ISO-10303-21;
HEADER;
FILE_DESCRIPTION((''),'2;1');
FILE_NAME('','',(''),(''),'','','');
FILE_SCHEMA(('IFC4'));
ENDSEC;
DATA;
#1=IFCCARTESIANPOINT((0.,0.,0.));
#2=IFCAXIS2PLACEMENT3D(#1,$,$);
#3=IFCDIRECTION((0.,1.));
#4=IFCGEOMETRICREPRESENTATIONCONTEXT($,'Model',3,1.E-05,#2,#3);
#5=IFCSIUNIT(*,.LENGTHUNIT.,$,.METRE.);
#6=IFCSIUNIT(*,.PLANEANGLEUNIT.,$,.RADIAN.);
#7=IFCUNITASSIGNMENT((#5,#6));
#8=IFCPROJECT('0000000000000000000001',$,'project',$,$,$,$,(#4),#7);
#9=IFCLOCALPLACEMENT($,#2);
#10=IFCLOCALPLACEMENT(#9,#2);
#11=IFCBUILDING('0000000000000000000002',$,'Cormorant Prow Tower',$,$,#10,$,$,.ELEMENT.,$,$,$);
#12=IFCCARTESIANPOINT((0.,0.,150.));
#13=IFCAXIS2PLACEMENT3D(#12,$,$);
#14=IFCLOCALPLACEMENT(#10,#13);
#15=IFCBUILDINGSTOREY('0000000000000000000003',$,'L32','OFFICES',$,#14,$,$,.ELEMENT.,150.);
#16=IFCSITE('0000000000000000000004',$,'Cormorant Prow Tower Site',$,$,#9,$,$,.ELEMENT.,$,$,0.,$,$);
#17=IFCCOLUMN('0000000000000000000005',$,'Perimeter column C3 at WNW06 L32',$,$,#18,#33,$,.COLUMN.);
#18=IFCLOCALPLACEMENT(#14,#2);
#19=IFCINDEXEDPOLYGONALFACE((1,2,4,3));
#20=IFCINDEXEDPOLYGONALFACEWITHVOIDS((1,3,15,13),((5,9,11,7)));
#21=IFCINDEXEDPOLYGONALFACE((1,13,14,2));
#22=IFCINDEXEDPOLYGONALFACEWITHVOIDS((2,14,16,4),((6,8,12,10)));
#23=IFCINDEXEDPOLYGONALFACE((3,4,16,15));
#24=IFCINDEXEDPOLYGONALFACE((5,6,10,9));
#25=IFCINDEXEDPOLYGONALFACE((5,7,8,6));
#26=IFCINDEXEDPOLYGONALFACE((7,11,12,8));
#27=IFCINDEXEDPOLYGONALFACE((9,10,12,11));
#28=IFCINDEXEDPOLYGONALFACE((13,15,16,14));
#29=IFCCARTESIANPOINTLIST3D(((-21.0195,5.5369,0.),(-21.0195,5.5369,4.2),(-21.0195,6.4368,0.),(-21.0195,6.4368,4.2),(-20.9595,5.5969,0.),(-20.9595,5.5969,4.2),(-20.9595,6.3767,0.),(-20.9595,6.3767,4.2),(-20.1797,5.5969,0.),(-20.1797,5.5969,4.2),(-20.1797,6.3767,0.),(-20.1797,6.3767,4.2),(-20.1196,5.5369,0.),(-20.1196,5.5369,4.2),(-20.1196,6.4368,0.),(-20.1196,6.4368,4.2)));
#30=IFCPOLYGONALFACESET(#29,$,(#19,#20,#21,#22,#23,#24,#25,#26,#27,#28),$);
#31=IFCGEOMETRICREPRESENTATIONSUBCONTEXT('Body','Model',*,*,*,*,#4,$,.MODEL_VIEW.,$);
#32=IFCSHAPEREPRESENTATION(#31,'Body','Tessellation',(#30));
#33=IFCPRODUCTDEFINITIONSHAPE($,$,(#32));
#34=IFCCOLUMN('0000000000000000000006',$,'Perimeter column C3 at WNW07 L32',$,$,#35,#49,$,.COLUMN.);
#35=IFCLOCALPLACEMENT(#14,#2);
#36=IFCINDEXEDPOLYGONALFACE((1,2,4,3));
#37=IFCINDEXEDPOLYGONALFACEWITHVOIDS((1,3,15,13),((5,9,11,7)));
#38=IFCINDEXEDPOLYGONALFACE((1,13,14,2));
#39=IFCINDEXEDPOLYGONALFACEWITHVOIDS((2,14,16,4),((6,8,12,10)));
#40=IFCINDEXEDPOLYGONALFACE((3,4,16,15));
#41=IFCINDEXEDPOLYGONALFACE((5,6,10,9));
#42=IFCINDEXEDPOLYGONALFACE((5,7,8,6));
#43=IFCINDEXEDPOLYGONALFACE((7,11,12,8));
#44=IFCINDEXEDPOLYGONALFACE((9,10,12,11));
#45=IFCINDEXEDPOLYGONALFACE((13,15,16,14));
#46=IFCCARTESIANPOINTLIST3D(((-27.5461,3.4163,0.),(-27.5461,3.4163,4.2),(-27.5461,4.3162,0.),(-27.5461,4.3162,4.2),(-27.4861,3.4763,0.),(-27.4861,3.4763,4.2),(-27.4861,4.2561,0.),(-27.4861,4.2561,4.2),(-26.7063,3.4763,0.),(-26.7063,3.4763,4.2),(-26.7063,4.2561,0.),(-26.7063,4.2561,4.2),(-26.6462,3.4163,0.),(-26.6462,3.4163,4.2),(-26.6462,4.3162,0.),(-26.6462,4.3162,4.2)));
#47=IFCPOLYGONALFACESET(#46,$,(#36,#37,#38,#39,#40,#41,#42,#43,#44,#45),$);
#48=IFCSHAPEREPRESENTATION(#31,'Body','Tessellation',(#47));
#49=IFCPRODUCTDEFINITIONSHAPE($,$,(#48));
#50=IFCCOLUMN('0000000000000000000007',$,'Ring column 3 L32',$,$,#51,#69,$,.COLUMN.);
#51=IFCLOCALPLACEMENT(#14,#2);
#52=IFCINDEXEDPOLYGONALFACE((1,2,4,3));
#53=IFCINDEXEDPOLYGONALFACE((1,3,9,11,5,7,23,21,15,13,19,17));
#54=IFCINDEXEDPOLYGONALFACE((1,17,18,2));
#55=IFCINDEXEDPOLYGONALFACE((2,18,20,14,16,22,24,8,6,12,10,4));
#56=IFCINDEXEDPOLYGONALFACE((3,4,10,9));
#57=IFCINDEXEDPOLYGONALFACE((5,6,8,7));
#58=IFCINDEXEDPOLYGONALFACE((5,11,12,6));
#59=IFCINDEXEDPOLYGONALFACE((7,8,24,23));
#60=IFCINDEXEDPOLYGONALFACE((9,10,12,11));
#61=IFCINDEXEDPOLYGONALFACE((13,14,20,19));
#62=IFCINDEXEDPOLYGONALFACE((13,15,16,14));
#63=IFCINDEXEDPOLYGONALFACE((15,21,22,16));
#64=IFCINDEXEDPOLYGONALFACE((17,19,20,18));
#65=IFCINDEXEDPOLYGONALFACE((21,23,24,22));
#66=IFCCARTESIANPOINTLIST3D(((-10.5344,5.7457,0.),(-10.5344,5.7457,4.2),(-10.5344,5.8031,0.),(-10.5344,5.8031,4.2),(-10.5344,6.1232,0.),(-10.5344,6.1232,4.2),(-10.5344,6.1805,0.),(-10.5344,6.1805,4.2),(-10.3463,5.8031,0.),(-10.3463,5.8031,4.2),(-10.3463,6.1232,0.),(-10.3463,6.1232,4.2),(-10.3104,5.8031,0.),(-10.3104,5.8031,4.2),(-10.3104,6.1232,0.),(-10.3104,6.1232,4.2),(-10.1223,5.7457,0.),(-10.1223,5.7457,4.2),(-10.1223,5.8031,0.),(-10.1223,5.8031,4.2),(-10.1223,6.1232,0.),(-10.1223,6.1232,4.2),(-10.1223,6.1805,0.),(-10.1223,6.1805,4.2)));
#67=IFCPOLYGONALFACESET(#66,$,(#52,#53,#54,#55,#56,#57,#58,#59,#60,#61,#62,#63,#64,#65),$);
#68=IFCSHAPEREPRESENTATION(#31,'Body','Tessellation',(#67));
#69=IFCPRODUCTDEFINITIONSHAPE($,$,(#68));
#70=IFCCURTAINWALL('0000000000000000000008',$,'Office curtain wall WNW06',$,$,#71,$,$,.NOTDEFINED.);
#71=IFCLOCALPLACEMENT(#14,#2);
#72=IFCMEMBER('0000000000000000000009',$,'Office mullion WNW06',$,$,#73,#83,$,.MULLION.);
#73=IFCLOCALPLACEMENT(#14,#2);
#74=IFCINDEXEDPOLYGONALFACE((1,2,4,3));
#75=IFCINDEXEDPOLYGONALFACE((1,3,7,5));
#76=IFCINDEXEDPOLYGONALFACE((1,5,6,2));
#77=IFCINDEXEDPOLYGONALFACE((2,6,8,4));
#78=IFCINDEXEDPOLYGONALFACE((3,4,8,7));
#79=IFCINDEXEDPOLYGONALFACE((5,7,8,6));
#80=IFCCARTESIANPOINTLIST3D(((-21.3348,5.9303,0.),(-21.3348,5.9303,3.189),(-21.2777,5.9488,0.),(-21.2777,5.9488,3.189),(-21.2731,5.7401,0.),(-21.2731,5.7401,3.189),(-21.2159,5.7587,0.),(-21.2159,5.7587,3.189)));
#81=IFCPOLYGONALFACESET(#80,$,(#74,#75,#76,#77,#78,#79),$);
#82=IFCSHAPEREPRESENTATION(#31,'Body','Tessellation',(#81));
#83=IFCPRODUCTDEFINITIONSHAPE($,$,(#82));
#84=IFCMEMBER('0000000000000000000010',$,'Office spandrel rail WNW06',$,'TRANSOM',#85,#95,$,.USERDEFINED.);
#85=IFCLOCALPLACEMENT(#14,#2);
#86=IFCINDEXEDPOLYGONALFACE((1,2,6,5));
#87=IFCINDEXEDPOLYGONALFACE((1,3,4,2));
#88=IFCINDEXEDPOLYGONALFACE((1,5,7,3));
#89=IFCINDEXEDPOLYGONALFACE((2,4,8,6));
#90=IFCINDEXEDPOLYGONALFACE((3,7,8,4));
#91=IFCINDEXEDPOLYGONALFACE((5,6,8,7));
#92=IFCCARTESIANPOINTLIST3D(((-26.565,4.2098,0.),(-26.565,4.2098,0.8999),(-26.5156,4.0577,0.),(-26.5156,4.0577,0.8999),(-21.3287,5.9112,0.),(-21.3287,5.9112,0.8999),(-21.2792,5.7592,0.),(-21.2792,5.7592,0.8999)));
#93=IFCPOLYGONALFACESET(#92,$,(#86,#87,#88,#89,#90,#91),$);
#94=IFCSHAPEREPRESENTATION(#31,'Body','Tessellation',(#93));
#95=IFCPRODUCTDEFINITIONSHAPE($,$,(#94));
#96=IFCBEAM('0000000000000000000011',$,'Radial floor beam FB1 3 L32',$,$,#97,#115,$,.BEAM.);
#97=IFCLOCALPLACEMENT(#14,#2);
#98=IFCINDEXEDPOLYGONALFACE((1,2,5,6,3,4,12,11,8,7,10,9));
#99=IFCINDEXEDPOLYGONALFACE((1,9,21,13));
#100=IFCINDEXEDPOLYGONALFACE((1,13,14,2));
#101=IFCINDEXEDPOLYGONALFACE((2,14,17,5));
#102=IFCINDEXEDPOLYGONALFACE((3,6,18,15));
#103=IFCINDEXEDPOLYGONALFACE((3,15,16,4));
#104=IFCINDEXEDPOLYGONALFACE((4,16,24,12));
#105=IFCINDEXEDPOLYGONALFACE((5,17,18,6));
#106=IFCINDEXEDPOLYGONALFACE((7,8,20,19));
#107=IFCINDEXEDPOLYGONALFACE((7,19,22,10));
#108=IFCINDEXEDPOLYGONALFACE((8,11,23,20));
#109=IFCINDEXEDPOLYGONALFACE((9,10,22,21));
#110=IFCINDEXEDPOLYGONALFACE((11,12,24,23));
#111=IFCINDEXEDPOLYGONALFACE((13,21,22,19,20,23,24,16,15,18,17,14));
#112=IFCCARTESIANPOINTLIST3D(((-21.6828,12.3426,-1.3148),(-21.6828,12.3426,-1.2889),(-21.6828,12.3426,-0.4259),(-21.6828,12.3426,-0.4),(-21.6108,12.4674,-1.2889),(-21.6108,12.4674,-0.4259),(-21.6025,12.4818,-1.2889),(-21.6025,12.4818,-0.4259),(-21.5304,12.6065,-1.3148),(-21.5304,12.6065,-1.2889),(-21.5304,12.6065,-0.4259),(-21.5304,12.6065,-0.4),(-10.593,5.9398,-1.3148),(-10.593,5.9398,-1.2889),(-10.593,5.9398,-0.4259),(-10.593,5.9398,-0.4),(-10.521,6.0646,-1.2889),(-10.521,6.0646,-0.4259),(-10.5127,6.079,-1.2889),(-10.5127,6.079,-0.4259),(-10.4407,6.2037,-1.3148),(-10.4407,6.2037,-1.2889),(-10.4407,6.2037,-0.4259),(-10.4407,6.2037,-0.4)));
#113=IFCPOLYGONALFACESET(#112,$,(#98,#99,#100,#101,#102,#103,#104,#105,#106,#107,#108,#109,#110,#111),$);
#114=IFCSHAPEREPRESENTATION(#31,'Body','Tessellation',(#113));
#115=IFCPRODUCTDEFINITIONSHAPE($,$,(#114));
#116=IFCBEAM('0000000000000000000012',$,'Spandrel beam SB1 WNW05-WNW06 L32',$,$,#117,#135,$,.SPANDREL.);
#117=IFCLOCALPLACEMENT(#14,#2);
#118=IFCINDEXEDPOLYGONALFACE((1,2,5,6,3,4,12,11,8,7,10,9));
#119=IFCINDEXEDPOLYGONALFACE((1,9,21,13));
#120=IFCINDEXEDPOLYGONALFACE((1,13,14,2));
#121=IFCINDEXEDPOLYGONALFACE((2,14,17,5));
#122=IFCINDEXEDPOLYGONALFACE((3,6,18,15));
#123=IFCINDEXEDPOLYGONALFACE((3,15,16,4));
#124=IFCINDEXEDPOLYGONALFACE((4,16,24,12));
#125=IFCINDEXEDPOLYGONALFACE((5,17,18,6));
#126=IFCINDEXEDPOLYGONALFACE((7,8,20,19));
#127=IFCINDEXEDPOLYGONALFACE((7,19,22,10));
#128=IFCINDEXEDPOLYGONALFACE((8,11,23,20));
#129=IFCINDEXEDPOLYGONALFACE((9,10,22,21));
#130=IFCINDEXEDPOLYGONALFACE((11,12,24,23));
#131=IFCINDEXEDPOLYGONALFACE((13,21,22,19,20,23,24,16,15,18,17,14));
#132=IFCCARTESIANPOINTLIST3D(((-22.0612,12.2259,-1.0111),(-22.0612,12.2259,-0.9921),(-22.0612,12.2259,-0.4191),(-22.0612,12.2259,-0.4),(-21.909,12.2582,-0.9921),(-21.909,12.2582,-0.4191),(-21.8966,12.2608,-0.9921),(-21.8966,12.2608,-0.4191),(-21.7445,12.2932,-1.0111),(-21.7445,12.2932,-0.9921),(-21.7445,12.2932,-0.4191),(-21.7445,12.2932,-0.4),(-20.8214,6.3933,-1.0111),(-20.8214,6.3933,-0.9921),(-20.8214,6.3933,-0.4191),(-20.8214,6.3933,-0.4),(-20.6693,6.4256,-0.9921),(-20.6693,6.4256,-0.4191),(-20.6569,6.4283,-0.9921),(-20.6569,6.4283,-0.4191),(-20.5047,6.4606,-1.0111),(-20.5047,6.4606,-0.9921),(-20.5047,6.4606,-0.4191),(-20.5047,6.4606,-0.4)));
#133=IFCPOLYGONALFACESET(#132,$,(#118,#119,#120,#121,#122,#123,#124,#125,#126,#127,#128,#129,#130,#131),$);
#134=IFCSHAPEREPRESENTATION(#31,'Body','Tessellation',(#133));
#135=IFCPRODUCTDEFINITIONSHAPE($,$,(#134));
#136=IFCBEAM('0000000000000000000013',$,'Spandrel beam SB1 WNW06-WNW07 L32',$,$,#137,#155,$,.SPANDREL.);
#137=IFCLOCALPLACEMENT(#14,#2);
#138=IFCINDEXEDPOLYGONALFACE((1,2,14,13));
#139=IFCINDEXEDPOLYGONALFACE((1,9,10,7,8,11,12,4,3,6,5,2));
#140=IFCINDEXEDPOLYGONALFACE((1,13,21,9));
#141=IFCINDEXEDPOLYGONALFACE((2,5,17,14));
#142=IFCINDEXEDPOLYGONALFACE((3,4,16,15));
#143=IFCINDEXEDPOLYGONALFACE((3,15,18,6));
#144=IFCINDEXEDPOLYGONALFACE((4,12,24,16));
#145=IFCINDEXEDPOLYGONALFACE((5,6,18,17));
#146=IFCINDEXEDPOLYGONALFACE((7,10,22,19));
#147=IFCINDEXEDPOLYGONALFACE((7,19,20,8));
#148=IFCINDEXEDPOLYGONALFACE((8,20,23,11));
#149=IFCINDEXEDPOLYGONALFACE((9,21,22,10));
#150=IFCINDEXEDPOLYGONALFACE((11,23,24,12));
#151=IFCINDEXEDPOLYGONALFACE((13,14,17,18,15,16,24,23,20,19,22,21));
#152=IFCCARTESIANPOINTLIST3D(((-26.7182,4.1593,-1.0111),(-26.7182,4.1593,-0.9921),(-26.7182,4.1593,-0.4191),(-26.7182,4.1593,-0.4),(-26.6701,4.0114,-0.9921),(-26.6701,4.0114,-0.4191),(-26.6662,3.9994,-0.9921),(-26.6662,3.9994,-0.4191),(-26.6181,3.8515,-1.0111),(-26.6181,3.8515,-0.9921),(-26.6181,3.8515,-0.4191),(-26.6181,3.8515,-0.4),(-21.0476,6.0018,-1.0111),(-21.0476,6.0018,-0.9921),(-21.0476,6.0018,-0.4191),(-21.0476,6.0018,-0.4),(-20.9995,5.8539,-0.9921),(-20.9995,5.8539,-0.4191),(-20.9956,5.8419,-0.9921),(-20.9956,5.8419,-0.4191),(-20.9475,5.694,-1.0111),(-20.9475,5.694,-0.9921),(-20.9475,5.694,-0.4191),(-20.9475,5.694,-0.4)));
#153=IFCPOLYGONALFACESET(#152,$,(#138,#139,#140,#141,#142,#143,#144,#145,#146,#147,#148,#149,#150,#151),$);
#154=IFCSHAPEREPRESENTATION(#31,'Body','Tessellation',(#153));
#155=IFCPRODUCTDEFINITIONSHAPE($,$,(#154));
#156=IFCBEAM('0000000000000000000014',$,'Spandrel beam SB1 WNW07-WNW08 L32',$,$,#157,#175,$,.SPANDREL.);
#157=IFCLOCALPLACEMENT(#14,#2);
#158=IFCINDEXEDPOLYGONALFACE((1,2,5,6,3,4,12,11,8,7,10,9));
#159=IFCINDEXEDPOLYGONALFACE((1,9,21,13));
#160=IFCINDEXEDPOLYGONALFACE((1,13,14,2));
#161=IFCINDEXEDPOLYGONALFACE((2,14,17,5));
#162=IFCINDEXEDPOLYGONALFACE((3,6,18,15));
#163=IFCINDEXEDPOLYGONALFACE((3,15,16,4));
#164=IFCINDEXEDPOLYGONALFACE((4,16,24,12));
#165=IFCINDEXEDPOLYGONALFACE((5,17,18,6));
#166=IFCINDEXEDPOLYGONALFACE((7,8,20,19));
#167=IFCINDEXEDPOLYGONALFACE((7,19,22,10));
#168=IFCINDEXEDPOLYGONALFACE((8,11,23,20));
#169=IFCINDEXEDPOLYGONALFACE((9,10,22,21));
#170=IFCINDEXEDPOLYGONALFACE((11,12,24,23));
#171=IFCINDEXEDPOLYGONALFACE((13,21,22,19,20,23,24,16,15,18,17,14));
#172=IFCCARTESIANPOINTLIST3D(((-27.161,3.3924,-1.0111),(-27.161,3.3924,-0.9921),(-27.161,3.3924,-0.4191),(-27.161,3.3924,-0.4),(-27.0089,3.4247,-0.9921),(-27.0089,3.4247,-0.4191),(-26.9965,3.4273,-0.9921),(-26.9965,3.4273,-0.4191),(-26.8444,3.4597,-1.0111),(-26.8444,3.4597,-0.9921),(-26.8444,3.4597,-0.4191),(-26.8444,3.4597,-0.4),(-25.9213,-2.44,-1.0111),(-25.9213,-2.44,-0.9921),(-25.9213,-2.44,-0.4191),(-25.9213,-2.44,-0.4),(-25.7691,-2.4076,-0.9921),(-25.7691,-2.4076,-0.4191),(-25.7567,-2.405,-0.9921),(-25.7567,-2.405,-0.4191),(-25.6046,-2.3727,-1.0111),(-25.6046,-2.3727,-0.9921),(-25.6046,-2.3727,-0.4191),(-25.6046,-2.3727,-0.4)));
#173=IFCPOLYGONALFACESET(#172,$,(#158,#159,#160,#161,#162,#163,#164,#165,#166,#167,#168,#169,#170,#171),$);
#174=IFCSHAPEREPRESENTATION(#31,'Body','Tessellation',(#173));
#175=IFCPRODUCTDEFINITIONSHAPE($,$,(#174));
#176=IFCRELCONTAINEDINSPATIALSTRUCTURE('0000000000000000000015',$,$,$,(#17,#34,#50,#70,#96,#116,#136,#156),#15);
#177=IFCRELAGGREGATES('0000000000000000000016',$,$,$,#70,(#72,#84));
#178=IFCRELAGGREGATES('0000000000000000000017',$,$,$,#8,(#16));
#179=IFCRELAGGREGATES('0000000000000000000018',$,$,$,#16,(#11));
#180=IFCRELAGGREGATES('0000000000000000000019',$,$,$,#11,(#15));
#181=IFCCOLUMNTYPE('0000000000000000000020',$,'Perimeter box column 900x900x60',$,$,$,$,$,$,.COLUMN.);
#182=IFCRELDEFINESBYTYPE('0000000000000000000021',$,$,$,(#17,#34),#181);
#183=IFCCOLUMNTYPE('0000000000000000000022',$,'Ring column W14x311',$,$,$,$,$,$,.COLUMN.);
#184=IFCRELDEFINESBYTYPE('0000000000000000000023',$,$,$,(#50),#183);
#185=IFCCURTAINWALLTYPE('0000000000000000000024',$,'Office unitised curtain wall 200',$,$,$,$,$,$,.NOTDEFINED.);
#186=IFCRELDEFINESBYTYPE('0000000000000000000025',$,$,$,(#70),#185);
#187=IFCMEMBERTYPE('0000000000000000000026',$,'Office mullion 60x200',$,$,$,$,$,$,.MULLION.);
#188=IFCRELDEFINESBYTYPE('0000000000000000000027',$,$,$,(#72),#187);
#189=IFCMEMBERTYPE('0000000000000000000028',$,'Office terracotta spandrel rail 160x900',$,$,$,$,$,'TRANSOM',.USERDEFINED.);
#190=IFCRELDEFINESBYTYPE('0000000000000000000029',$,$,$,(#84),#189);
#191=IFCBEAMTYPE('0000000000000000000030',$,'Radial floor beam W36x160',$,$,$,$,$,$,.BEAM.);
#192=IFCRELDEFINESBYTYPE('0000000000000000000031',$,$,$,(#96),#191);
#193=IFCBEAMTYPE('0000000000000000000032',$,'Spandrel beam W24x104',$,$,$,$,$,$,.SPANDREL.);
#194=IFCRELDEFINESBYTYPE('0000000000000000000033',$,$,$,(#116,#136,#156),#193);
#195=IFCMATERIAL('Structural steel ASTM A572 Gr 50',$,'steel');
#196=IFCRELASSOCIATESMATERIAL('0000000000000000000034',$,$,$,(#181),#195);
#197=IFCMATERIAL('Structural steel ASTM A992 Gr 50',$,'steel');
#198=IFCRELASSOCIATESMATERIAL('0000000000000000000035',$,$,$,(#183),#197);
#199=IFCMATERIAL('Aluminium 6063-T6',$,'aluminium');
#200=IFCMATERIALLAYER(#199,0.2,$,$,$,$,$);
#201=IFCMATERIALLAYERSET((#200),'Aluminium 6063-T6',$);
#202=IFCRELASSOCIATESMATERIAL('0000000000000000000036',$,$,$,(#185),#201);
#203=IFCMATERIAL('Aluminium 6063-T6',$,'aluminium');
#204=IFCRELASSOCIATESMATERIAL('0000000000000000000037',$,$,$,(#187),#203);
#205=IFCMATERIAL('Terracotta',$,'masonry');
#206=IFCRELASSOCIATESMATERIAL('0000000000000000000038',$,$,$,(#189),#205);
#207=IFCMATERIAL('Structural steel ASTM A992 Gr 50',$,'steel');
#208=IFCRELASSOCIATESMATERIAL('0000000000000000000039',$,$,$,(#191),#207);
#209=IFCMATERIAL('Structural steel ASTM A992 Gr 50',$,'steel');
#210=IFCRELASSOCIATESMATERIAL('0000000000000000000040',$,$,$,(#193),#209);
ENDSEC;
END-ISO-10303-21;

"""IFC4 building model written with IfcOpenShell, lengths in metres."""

from ifc_helpers import new_model, si_unit, direction, frame, origin, origin_2d, place, context, subcontext, project, spatial, rectangle, hollow_rectangle, i_section, extrude, material, layer, layer_set, material_profile, profile_set, type_object, element, aggregate, save


model = new_model("IFC4")

# Units and contexts
model_context = context("Model", 3, precision=1e-05, world=origin(), true_north=direction((0.0, 1.0)))
body_context = subcontext(model_context, "Body", "Model", "MODEL_VIEW")
ifc_project = project(units=[si_unit("LENGTHUNIT", "METRE"), si_unit("PLANEANGLEUNIT", "RADIAN")], contexts=[model_context])

# Site, building, storey
site_placement = place(None, origin())
site = spatial("IfcSite", under=ifc_project, at=site_placement, Name="Cormorant Prow Tower Site", CompositionType="ELEMENT", RefElevation=0.0)
building_placement = place(site_placement, origin())
building = spatial("IfcBuilding", under=site, at=building_placement, Name="Cormorant Prow Tower", CompositionType="ELEMENT")
storey_placement = place(building_placement, frame((0.0, 0.0, 150.0)))
storey = spatial("IfcBuildingStorey", under=building, at=storey_placement, Name="L32", Description="OFFICES", CompositionType="ELEMENT", Elevation=150.0)

# Columns
ifc_material_1 = material(Name="Structural steel ASTM A572 Gr 50", Category="steel")
ifc_material_profile_1 = material_profile(ifc_material_1, hollow_rectangle(XDim=0.8999, YDim=0.8999, WallThickness=0.0601, at=origin_2d()), Name="Box 900x900x60")
ifc_profile_set_1 = profile_set([ifc_material_profile_1], Name="Structural steel ASTM A572 Gr 50")
column_type_1 = type_object("IfcColumnType", Name="Perimeter box column 900x900x60", PredefinedType="COLUMN", material=ifc_profile_set_1)
for number, where, z_axis, x_axis, name in (
    (1, (-20.5696, 5.9868, 0.0), (0.0, 0.0, 1.0), (1.0, 0.0, 0.0), "Perimeter column C3 at WNW06 L32"),
    (2, (-27.0962, 3.8662, 0.0), (0.0, 0.0, 1.0), (1.0, 0.0, 0.0), "Perimeter column C3 at WNW07 L32"),
):
    element("IfcColumn", number, at=place(storey_placement, frame(where, z_axis=z_axis, x_axis=x_axis)), inside=storey, type_object=column_type_1, Name=name, PredefinedType="COLUMN", context=body_context, shape_type="SweptSolid", body=[
        extrude(hollow_rectangle(XDim=0.8999, YDim=0.8999, WallThickness=0.0601, at=origin_2d()), origin(), (0.0, 0.0, 1.0), 4.2),
    ])
ifc_material_2 = material(Name="Structural steel ASTM A992 Gr 50", Category="steel")
ifc_material_profile_2 = material_profile(ifc_material_2, i_section(OverallWidth=0.4121, OverallDepth=0.4348, WebThickness=0.0359, FlangeThickness=0.0574, at=origin_2d()), Name="W14x311")
ifc_profile_set_2 = profile_set([ifc_material_profile_2], Name="Structural steel ASTM A992 Gr 50")
column_type_2 = type_object("IfcColumnType", Name="Ring column W14x311", PredefinedType="COLUMN", material=ifc_profile_set_2)
column_placement = place(storey_placement, frame((-10.3284, 5.9631, 0.0), z_axis=(0.0, 0.0, 1.0), x_axis=(1.0, 0.0, 0.0)))
element("IfcColumn", 3, at=column_placement, inside=storey, type_object=column_type_2, Name="Ring column 3 L32", PredefinedType="COLUMN", context=body_context, shape_type="SweptSolid", body=[
    extrude(i_section(OverallWidth=0.4121, OverallDepth=0.4348, WebThickness=0.0359, FlangeThickness=0.0574, at=origin_2d()), origin(), (0.0, 0.0, 1.0), 4.2),
])

# Curtain wall, members
ifc_material_3 = material(Name="Aluminium 6063-T6", Category="aluminium")
ifc_layer_1 = layer(ifc_material_3, 0.2)
ifc_layer_set_1 = layer_set([ifc_layer_1], Name="Aluminium 6063-T6")
curtain_wall_type = type_object("IfcCurtainWallType", Name="Office unitised curtain wall 200", PredefinedType="NOTDEFINED", material=ifc_layer_set_1)
curtain_wall_placement = place(storey_placement, origin())
curtain_wall = element("IfcCurtainWall", 4, at=curtain_wall_placement, inside=storey, type_object=curtain_wall_type, Name="Office curtain wall WNW06", PredefinedType="NOTDEFINED")
ifc_material_4 = material(Name="Aluminium 6063-T6", Category="aluminium")
ifc_material_profile_3 = material_profile(ifc_material_4, rectangle(XDim=0.2, YDim=0.0601, at=origin_2d()), Name="Office mullion 60x200")
ifc_profile_set_3 = profile_set([ifc_material_profile_3], Name="Aluminium 6063-T6")
member_type_1 = type_object("IfcMemberType", Name="Office mullion 60x200", PredefinedType="MULLION", material=ifc_profile_set_3)
member_1_placement = place(storey_placement, frame((-21.2754, 5.8445, 0.0), z_axis=(0.0, 0.0, 1.0), x_axis=(0.309017, -0.951057, 0.0)))
member_1 = element("IfcMember", 5, at=member_1_placement, type_object=member_type_1, Name="Office mullion WNW06", PredefinedType="MULLION", context=body_context, shape_type="SweptSolid", body=[
    extrude(rectangle(XDim=0.2, YDim=0.0601, at=origin_2d()), origin(), (0.0, 0.0, 1.0), 3.189),
])
ifc_material_5 = material(Name="Terracotta", Category="masonry")
ifc_material_profile_4 = material_profile(ifc_material_5, rectangle(XDim=0.1599, YDim=0.8999, at=origin_2d()), Name="Office terracotta spandrel rail 160x900")
ifc_profile_set_4 = profile_set([ifc_material_profile_4], Name="Terracotta")
member_type_2 = type_object("IfcMemberType", Name="Office terracotta spandrel rail 160x900", ElementType="TRANSOM", PredefinedType="USERDEFINED", material=ifc_profile_set_4)
member_2_placement = place(storey_placement, frame((-21.304, 5.8352, 0.45), z_axis=(-0.951055, -0.309022, 0.0), x_axis=(0.309022, -0.951055, 0.0)))
member_2 = element("IfcMember", 6, at=member_2_placement, type_object=member_type_2, Name="Office spandrel rail WNW06", ObjectType="TRANSOM", PredefinedType="USERDEFINED", context=body_context, shape_type="SweptSolid", body=[
    extrude(rectangle(XDim=0.1599, YDim=0.8999, at=origin_2d()), origin(), (0.0, 0.0, 1.0), 5.5059),
])

# Beams
ifc_material_6 = material(Name="Structural steel ASTM A992 Gr 50", Category="steel")
ifc_material_profile_5 = material_profile(ifc_material_6, i_section(OverallWidth=0.3047, OverallDepth=0.9148, WebThickness=0.0166, FlangeThickness=0.0259, at=origin_2d()), Name="W36x160")
ifc_profile_set_5 = profile_set([ifc_material_profile_5], Name="Structural steel ASTM A992 Gr 50")
beam_type_1 = type_object("IfcBeamType", Name="Radial floor beam W36x160", PredefinedType="BEAM", material=ifc_profile_set_5)
beam_1_placement = place(storey_placement, frame((-10.5168, 6.0718, -0.8574), z_axis=(-0.866022, 0.500006, 0.0), x_axis=(-0.500006, -0.866022, 0.0)))
element("IfcBeam", 7, at=beam_1_placement, inside=storey, type_object=beam_type_1, Name="Radial floor beam FB1 3 L32", PredefinedType="BEAM", context=body_context, shape_type="SweptSolid", body=[
    extrude(i_section(OverallWidth=0.3047, OverallDepth=0.9148, WebThickness=0.0166, FlangeThickness=0.0259, at=origin_2d()), origin(), (0.0, 0.0, 1.0), 12.8054),
])
ifc_material_7 = material(Name="Structural steel ASTM A992 Gr 50", Category="steel")
ifc_material_profile_6 = material_profile(ifc_material_7, i_section(OverallWidth=0.3237, OverallDepth=0.6111, WebThickness=0.0127, FlangeThickness=0.019, at=origin_2d()), Name="W24x104")
ifc_profile_set_6 = profile_set([ifc_material_profile_6], Name="Structural steel ASTM A992 Gr 50")
beam_type_2 = type_object("IfcBeamType", Name="Spandrel beam W24x104", PredefinedType="SPANDREL", material=ifc_profile_set_6)
beam_2_placement = place(storey_placement, frame((-21.9028, 12.2595, -0.7056), z_axis=(0.207913, -0.978147, 0.0), x_axis=(0.978147, 0.207913, 0.0)))
element("IfcBeam", 8, at=beam_2_placement, inside=storey, type_object=beam_type_2, Name="Spandrel beam SB1 WNW05-WNW06 L32", PredefinedType="SPANDREL", context=body_context, shape_type="SweptSolid", body=[
    extrude(i_section(OverallWidth=0.3237, OverallDepth=0.6111, WebThickness=0.0127, FlangeThickness=0.019, at=origin_2d()), origin(), (0.0, 0.0, 1.0), 5.9629),
])
beam_3_placement = place(storey_placement, frame((-20.9976, 5.8479, -0.7056), z_axis=(-0.951055, -0.30902, 0.0), x_axis=(0.30902, -0.951055, 0.0)))
element("IfcBeam", 9, at=beam_3_placement, inside=storey, type_object=beam_type_2, Name="Spandrel beam SB1 WNW06-WNW07 L32", PredefinedType="SPANDREL", context=body_context, shape_type="SweptSolid", body=[
    extrude(i_section(OverallWidth=0.3237, OverallDepth=0.6111, WebThickness=0.0127, FlangeThickness=0.019, at=origin_2d()), origin(), (0.0, 0.0, 1.0), 5.9624),
])
beam_4_placement = place(storey_placement, frame((-27.0027, 3.426, -0.7056), z_axis=(0.207921, -0.978146, 0.0), x_axis=(0.978146, 0.207921, 0.0)))
element("IfcBeam", 10, at=beam_4_placement, inside=storey, type_object=beam_type_2, Name="Spandrel beam SB1 WNW07-WNW08 L32", PredefinedType="SPANDREL", context=body_context, shape_type="SweptSolid", body=[
    extrude(i_section(OverallWidth=0.3237, OverallDepth=0.6111, WebThickness=0.0127, FlangeThickness=0.019, at=origin_2d()), origin(), (0.0, 0.0, 1.0), 5.9626),
])

aggregate(curtain_wall, [member_1, member_2])

save(model, "model.ifc")
